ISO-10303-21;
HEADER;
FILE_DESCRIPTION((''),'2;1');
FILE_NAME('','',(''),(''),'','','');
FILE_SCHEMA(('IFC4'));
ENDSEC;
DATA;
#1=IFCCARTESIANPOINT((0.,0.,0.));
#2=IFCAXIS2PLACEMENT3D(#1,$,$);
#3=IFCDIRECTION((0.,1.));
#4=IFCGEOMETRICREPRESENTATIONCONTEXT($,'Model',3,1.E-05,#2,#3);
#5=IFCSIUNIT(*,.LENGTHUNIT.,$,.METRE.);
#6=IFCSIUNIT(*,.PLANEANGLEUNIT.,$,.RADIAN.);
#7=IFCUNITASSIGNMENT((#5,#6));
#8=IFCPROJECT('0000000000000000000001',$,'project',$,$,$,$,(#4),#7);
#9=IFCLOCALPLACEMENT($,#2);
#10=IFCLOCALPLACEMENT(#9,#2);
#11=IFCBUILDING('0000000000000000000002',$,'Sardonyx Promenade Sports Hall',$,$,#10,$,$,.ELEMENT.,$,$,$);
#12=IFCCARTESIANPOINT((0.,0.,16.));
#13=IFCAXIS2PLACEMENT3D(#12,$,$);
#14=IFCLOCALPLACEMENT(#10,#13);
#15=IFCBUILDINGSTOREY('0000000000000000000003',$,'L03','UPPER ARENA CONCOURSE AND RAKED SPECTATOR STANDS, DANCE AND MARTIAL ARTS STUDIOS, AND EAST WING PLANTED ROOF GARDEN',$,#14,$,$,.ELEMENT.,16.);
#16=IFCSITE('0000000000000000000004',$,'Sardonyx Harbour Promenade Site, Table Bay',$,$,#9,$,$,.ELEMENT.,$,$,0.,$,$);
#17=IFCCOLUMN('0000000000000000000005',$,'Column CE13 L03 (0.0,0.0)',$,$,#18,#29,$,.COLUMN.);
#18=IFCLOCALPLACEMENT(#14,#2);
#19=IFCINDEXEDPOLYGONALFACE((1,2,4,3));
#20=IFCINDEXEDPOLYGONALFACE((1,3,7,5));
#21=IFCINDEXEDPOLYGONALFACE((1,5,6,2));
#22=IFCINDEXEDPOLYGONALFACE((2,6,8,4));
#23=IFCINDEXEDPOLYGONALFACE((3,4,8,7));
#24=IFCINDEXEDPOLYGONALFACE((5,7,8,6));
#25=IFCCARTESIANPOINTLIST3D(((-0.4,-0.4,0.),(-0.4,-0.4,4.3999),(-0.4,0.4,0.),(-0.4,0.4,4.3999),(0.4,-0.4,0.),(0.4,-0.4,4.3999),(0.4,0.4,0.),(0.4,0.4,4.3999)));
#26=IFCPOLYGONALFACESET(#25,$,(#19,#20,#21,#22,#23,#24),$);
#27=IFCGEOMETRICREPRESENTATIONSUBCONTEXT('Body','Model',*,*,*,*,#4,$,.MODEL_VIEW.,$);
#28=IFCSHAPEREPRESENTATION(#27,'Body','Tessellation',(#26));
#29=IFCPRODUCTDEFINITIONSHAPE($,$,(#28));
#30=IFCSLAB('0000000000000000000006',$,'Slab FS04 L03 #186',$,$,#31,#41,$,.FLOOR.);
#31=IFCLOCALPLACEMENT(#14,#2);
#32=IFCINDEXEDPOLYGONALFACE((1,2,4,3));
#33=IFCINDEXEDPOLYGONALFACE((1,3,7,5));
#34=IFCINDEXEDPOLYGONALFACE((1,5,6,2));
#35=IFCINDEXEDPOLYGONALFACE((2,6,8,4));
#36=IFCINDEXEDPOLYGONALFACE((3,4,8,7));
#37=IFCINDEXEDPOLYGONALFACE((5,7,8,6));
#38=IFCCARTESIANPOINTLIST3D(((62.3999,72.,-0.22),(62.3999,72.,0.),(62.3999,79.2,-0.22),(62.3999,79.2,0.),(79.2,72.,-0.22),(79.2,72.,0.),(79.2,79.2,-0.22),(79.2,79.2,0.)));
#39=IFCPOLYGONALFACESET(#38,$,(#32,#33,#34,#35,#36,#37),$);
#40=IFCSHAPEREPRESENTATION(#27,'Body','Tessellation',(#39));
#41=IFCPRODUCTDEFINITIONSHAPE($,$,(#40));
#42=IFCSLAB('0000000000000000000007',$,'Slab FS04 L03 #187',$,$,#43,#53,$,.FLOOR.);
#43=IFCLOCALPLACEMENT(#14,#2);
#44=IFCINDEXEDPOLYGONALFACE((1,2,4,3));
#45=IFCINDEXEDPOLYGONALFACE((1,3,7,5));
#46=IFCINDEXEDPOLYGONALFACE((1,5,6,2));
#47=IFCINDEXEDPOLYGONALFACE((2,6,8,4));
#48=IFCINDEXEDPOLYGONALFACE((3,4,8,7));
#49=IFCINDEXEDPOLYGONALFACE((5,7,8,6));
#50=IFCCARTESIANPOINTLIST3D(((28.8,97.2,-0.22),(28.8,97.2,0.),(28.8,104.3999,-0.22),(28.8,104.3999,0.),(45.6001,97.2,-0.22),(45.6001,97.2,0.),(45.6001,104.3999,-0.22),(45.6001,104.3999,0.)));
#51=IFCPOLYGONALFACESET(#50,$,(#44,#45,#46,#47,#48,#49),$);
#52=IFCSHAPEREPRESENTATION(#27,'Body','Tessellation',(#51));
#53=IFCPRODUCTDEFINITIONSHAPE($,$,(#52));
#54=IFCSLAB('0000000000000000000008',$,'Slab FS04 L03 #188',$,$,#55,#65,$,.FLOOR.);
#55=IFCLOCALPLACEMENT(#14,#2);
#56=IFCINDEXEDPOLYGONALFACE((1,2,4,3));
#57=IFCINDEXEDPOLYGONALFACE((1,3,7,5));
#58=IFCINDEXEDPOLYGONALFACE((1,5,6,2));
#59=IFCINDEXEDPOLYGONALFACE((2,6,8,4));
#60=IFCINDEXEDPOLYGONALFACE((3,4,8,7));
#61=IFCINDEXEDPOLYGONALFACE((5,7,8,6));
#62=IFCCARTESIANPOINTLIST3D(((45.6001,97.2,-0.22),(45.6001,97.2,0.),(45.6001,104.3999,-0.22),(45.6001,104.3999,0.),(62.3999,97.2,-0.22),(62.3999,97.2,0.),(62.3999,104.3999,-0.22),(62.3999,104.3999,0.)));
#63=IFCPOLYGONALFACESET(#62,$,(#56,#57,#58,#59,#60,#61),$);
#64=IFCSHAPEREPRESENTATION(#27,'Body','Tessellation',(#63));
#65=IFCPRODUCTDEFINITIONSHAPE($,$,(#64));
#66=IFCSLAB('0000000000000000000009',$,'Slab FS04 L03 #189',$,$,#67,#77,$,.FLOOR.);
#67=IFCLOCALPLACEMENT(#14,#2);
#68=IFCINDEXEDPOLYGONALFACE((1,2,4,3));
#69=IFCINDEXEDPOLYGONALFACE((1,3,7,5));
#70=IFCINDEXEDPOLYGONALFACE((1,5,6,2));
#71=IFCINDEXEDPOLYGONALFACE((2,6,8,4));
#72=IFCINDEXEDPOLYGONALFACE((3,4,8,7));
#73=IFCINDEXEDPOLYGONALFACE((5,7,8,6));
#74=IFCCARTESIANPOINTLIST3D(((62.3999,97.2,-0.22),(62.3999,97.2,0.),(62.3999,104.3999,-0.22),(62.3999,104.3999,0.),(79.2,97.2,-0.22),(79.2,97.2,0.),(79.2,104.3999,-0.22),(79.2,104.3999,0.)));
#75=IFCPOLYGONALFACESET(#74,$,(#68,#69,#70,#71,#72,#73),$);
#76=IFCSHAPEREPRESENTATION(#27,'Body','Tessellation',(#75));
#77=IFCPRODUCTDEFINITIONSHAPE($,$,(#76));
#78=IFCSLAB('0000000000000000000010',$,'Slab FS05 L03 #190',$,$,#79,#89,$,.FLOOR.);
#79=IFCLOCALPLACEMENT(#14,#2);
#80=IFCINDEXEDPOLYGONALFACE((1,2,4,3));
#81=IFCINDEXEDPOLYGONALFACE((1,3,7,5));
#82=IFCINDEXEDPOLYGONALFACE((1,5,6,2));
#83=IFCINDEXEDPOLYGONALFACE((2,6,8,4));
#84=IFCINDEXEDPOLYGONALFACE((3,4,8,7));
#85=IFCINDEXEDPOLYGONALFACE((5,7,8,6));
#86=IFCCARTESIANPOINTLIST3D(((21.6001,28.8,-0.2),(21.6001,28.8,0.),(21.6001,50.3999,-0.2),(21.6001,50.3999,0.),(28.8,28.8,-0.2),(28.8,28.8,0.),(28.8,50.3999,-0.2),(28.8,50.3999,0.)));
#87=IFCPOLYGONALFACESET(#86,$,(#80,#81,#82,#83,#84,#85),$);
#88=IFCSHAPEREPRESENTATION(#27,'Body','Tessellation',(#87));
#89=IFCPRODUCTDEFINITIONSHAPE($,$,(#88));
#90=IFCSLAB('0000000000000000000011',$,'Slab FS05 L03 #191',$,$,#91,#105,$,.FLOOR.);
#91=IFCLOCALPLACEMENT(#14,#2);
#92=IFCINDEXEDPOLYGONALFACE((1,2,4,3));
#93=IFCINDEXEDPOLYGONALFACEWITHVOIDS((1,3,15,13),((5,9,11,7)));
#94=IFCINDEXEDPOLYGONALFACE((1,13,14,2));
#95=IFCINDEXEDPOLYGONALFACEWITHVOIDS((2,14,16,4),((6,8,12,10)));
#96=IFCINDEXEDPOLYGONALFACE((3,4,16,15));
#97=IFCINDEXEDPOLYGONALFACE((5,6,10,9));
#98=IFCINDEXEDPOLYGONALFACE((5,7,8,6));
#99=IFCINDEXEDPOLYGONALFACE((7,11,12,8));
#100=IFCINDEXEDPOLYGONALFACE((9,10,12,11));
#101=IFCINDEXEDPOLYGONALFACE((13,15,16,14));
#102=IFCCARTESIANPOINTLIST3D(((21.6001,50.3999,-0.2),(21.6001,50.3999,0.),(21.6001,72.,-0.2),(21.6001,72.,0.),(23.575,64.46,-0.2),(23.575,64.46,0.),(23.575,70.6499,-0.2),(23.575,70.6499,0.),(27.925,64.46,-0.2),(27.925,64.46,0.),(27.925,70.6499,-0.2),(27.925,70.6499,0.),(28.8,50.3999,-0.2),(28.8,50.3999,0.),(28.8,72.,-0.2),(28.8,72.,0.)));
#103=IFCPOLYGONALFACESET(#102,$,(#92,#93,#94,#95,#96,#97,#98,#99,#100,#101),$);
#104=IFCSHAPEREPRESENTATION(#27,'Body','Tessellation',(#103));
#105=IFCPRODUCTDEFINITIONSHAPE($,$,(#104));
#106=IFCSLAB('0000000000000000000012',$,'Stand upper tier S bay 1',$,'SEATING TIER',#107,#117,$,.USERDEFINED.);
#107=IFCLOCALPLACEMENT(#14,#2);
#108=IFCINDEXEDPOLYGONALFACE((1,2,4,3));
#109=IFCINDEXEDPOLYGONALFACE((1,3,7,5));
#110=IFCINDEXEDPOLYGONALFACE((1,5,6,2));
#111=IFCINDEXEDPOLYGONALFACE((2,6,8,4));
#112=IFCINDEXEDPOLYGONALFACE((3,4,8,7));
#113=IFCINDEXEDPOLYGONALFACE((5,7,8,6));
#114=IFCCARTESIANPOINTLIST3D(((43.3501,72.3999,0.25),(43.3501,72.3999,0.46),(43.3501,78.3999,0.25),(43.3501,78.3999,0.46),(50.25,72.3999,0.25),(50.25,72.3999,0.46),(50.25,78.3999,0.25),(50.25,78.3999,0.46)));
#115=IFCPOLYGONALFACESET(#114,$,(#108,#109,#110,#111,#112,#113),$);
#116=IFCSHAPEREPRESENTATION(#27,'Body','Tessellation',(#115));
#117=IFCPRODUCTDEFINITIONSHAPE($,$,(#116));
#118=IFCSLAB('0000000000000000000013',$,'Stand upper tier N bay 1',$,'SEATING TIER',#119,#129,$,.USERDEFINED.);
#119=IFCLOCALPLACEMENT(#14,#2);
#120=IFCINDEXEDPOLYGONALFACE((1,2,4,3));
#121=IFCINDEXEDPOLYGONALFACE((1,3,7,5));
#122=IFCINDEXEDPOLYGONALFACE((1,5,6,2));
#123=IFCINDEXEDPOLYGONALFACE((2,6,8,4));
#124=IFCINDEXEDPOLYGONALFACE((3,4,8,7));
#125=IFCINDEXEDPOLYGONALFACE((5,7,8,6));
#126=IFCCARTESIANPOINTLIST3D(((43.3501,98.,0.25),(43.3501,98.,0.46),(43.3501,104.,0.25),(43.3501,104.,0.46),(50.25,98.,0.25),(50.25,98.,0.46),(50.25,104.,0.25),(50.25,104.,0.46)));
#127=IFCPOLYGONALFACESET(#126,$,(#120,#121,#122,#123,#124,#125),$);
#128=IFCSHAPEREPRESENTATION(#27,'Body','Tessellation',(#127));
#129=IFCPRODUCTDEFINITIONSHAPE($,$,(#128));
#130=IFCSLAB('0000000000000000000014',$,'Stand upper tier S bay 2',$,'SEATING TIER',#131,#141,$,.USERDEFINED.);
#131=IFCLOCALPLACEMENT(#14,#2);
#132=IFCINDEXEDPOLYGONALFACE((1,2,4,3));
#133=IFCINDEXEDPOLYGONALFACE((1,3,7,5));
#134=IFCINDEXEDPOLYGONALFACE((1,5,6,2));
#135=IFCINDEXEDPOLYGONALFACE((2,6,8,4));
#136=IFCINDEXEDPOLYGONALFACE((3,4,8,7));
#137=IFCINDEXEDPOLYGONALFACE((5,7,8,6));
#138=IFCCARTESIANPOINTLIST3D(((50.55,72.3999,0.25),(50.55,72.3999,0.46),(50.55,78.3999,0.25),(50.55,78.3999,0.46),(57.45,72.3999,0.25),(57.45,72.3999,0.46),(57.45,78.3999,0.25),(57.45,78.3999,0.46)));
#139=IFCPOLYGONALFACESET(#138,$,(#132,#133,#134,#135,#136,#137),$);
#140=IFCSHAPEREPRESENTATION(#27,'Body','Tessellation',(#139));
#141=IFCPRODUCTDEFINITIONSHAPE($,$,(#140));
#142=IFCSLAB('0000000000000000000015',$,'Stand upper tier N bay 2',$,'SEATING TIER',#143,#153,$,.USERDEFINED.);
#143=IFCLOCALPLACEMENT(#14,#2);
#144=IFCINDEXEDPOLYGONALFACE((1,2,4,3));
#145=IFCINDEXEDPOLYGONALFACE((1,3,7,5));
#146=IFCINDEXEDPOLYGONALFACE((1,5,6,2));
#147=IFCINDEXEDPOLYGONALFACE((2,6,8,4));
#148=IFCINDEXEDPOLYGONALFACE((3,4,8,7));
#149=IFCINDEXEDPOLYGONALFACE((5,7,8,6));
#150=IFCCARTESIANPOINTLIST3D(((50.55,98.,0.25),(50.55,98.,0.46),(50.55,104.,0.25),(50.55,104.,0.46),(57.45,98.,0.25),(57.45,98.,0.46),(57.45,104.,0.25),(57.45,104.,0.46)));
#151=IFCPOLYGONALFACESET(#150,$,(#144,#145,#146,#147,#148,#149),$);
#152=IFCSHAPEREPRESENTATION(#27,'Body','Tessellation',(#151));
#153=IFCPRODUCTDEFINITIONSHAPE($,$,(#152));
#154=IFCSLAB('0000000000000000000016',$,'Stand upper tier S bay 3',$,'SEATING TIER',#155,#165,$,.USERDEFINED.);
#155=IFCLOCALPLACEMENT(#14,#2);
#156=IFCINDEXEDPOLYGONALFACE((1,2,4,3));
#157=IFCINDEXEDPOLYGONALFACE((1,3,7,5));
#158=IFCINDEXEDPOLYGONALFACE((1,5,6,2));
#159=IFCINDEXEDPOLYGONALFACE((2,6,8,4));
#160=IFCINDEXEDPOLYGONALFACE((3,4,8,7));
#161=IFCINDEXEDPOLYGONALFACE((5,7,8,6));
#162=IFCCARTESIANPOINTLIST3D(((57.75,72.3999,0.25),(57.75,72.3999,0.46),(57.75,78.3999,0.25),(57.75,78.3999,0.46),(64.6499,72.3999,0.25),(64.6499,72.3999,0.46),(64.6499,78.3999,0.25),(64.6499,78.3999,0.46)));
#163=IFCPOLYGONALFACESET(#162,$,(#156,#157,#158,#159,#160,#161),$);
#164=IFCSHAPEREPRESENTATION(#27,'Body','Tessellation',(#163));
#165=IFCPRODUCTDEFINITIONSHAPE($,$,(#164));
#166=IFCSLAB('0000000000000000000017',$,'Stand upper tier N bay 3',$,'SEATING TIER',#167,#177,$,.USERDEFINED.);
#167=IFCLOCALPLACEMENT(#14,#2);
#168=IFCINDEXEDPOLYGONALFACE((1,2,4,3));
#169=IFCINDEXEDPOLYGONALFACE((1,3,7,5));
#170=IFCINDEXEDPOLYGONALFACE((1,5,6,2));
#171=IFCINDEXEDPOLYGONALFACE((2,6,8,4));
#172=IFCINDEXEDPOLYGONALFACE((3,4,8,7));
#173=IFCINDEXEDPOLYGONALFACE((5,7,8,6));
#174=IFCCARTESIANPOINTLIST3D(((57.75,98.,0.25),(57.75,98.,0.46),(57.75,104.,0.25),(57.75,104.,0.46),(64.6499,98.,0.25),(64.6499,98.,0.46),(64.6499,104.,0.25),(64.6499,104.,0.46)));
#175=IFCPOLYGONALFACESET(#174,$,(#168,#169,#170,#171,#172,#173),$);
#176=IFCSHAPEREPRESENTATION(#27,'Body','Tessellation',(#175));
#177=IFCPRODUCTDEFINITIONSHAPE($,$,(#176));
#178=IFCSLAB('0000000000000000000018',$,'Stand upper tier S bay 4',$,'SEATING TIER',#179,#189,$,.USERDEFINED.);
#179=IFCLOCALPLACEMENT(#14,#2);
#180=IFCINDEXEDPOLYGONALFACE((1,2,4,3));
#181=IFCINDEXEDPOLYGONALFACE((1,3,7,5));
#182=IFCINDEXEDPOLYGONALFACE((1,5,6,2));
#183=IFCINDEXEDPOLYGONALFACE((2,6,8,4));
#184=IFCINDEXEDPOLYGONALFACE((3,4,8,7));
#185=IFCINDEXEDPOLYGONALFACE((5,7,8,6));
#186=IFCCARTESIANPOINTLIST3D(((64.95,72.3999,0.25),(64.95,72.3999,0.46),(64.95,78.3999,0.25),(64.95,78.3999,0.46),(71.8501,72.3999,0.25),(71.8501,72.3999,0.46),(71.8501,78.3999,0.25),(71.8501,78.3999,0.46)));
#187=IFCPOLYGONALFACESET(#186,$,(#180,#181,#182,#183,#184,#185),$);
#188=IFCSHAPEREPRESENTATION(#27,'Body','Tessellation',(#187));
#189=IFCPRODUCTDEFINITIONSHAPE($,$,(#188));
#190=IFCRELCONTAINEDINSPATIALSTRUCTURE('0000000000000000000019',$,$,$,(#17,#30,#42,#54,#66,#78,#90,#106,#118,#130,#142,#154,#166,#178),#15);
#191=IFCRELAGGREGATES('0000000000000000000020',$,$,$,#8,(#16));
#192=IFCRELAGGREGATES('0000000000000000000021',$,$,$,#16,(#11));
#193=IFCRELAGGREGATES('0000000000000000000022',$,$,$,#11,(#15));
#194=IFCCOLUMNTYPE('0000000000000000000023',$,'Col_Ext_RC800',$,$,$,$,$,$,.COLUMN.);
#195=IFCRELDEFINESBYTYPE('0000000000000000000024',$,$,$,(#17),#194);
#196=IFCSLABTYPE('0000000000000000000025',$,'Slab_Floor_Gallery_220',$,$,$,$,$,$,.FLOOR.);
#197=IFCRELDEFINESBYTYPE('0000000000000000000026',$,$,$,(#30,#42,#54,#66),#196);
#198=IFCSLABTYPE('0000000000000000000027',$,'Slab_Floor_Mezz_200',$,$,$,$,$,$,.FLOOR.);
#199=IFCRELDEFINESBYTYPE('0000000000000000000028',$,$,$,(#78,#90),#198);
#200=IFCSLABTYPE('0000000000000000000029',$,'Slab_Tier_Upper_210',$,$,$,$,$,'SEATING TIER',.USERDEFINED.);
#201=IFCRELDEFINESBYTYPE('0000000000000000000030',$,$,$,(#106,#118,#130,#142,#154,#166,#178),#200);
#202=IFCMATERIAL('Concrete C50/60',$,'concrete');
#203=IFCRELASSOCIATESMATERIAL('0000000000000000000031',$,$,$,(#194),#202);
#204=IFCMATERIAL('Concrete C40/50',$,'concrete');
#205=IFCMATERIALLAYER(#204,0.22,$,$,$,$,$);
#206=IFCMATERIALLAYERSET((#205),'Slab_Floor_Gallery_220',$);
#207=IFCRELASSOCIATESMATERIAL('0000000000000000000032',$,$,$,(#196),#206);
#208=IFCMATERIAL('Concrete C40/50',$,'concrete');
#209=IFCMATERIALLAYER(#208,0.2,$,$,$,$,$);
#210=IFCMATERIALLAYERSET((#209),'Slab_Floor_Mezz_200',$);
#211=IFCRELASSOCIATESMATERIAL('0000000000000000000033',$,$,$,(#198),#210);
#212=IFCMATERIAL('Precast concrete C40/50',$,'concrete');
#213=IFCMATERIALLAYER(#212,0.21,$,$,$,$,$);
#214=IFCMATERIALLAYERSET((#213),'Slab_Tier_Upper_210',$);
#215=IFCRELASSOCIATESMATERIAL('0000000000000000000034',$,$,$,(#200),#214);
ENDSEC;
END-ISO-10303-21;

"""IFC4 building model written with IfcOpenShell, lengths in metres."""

from ifc_helpers import new_model, si_unit, direction, frame, origin, origin_with_axes, origin_2d, place, context, subcontext, project, spatial, polyline, rectangle, outline, extrude, material, layer, layer_set, material_profile, profile_set, type_object, element, save


model = new_model("IFC4")

# Units and contexts
model_context = context("Model", 3, precision=1e-05, world=origin(), true_north=direction((0.0, 1.0)))
body_context = subcontext(model_context, "Body", "Model", "MODEL_VIEW")
ifc_project = project(units=[si_unit("LENGTHUNIT", "METRE"), si_unit("PLANEANGLEUNIT", "RADIAN")], contexts=[model_context])

# Site, building, storey
site_placement = place(None, origin())
site = spatial("IfcSite", under=ifc_project, at=site_placement, Name="Sardonyx Harbour Promenade Site, Table Bay", CompositionType="ELEMENT", RefElevation=0.0)
building_placement = place(site_placement, origin())
building = spatial("IfcBuilding", under=site, at=building_placement, Name="Sardonyx Promenade Sports Hall", CompositionType="ELEMENT")
storey_placement = place(building_placement, frame((0.0, 0.0, 16.0)))
storey = spatial("IfcBuildingStorey", under=building, at=storey_placement, Name="L03", Description="UPPER ARENA CONCOURSE AND RAKED SPECTATOR STANDS, DANCE AND MARTIAL ARTS STUDIOS, AND EAST WING PLANTED ROOF GARDEN", CompositionType="ELEMENT", Elevation=16.0)

# Column
ifc_material_1 = material(Name="Concrete C50/60", Category="concrete")
ifc_material_profile = material_profile(ifc_material_1, rectangle(XDim=0.8, YDim=0.8, at=origin_2d()))
ifc_profile_set = profile_set([ifc_material_profile], Name="Concrete C50/60")
column_type = type_object("IfcColumnType", Name="Col_Ext_RC800", PredefinedType="COLUMN", material=ifc_profile_set)
column_placement = place(storey_placement, origin_with_axes())
element("IfcColumn", 1, at=column_placement, inside=storey, type_object=column_type, Name="Column CE13 L03 (0.0,0.0)", PredefinedType="COLUMN", context=body_context, shape_type="SweptSolid", body=[
    extrude(rectangle(XDim=0.8, YDim=0.8, at=origin_2d()), origin(), (0.0, 0.0, 1.0), 4.3999),
])

# Slabs
ifc_material_2 = material(Name="Concrete C40/50", Category="concrete")
ifc_layer_1 = layer(ifc_material_2, 0.22)
ifc_layer_set_1 = layer_set([ifc_layer_1], Name="Slab_Floor_Gallery_220")
slab_type_1 = type_object("IfcSlabType", Name="Slab_Floor_Gallery_220", PredefinedType="FLOOR", material=ifc_layer_set_1)
slab_1_placement = place(storey_placement, frame((0.0, 0.0, -0.22)))
element("IfcSlab", 2, at=slab_1_placement, inside=storey, type_object=slab_type_1, Name="Slab FS04 L03 #186", PredefinedType="FLOOR", context=body_context, shape_type="SweptSolid", body=[
    extrude(outline(polyline([(62.3999, 72.0), (79.2, 72.0), (79.2, 79.2), (62.3999, 79.2), (62.3999, 72.0)])), origin(), (0.0, 0.0, 1.0), 0.22),
])
slab_2_placement = place(storey_placement, frame((0.0, 0.0, -0.22)))
element("IfcSlab", 3, at=slab_2_placement, inside=storey, type_object=slab_type_1, Name="Slab FS04 L03 #187", PredefinedType="FLOOR", context=body_context, shape_type="SweptSolid", body=[
    extrude(outline(polyline([(28.8, 97.2), (45.6001, 97.2), (45.6001, 104.3999), (28.8, 104.3999), (28.8, 97.2)])), origin(), (0.0, 0.0, 1.0), 0.22),
])
slab_3_placement = place(storey_placement, frame((0.0, 0.0, -0.22)))
element("IfcSlab", 4, at=slab_3_placement, inside=storey, type_object=slab_type_1, Name="Slab FS04 L03 #188", PredefinedType="FLOOR", context=body_context, shape_type="SweptSolid", body=[
    extrude(outline(polyline([(45.6001, 97.2), (62.3999, 97.2), (62.3999, 104.3999), (45.6001, 104.3999), (45.6001, 97.2)])), origin(), (0.0, 0.0, 1.0), 0.22),
])
slab_4_placement = place(storey_placement, frame((0.0, 0.0, -0.22)))
element("IfcSlab", 5, at=slab_4_placement, inside=storey, type_object=slab_type_1, Name="Slab FS04 L03 #189", PredefinedType="FLOOR", context=body_context, shape_type="SweptSolid", body=[
    extrude(outline(polyline([(62.3999, 97.2), (79.2, 97.2), (79.2, 104.3999), (62.3999, 104.3999), (62.3999, 97.2)])), origin(), (0.0, 0.0, 1.0), 0.22),
])
ifc_material_3 = material(Name="Concrete C40/50", Category="concrete")
ifc_layer_2 = layer(ifc_material_3, 0.2)
ifc_layer_set_2 = layer_set([ifc_layer_2], Name="Slab_Floor_Mezz_200")
slab_type_2 = type_object("IfcSlabType", Name="Slab_Floor_Mezz_200", PredefinedType="FLOOR", material=ifc_layer_set_2)
slab_5_placement = place(storey_placement, frame((0.0, 0.0, -0.2)))
element("IfcSlab", 6, at=slab_5_placement, inside=storey, type_object=slab_type_2, Name="Slab FS05 L03 #190", PredefinedType="FLOOR", context=body_context, shape_type="SweptSolid", body=[
    extrude(outline(polyline([(21.6001, 28.8), (28.8, 28.8), (28.8, 50.3999), (21.6001, 50.3999), (21.6001, 28.8)])), origin(), (0.0, 0.0, 1.0), 0.2),
])
slab_6_placement = place(storey_placement, frame((0.0, 0.0, -0.2)))
element("IfcSlab", 7, at=slab_6_placement, inside=storey, type_object=slab_type_2, Name="Slab FS05 L03 #191", PredefinedType="FLOOR", context=body_context, shape_type="SweptSolid", body=[
    extrude(outline(polyline([(21.6001, 72.0), (21.6001, 50.3999), (28.8, 50.3999), (28.8, 72.0), (21.6001, 72.0)]), holes=[polyline([(27.925, 70.6499), (27.925, 64.46), (23.575, 64.46), (23.575, 70.6499), (27.925, 70.6499)])]), origin(), (0.0, 0.0, 1.0), 0.2),
])
ifc_material_4 = material(Name="Precast concrete C40/50", Category="concrete")
ifc_layer_3 = layer(ifc_material_4, 0.21)
ifc_layer_set_3 = layer_set([ifc_layer_3], Name="Slab_Tier_Upper_210")
slab_type_3 = type_object("IfcSlabType", Name="Slab_Tier_Upper_210", ElementType="SEATING TIER", PredefinedType="USERDEFINED", material=ifc_layer_set_3)
slab_7_placement = place(storey_placement, frame((0.0, 0.0, 0.25)))
element("IfcSlab", 8, at=slab_7_placement, inside=storey, type_object=slab_type_3, Name="Stand upper tier S bay 1", ObjectType="SEATING TIER", PredefinedType="USERDEFINED", context=body_context, shape_type="SweptSolid", body=[
    extrude(outline(polyline([(43.3501, 72.3999), (50.25, 72.3999), (50.25, 78.3999), (43.3501, 78.3999), (43.3501, 72.3999)])), origin(), (0.0, 0.0, 1.0), 0.21),
])
slab_8_placement = place(storey_placement, frame((0.0, 0.0, 0.25)))
element("IfcSlab", 9, at=slab_8_placement, inside=storey, type_object=slab_type_3, Name="Stand upper tier N bay 1", ObjectType="SEATING TIER", PredefinedType="USERDEFINED", context=body_context, shape_type="SweptSolid", body=[
    extrude(outline(polyline([(43.3501, 98.0), (50.25, 98.0), (50.25, 104.0), (43.3501, 104.0), (43.3501, 98.0)])), origin(), (0.0, 0.0, 1.0), 0.21),
])
slab_9_placement = place(storey_placement, frame((0.0, 0.0, 0.25)))
element("IfcSlab", 10, at=slab_9_placement, inside=storey, type_object=slab_type_3, Name="Stand upper tier S bay 2", ObjectType="SEATING TIER", PredefinedType="USERDEFINED", context=body_context, shape_type="SweptSolid", body=[
    extrude(outline(polyline([(50.55, 72.3999), (57.45, 72.3999), (57.45, 78.3999), (50.55, 78.3999), (50.55, 72.3999)])), origin(), (0.0, 0.0, 1.0), 0.21),
])
slab_10_placement = place(storey_placement, frame((0.0, 0.0, 0.25)))
element("IfcSlab", 11, at=slab_10_placement, inside=storey, type_object=slab_type_3, Name="Stand upper tier N bay 2", ObjectType="SEATING TIER", PredefinedType="USERDEFINED", context=body_context, shape_type="SweptSolid", body=[
    extrude(outline(polyline([(50.55, 98.0), (57.45, 98.0), (57.45, 104.0), (50.55, 104.0), (50.55, 98.0)])), origin(), (0.0, 0.0, 1.0), 0.21),
])
slab_11_placement = place(storey_placement, frame((0.0, 0.0, 0.25)))
element("IfcSlab", 12, at=slab_11_placement, inside=storey, type_object=slab_type_3, Name="Stand upper tier S bay 3", ObjectType="SEATING TIER", PredefinedType="USERDEFINED", context=body_context, shape_type="SweptSolid", body=[
    extrude(outline(polyline([(57.75, 72.3999), (64.6499, 72.3999), (64.6499, 78.3999), (57.75, 78.3999), (57.75, 72.3999)])), origin(), (0.0, 0.0, 1.0), 0.21),
])
slab_12_placement = place(storey_placement, frame((0.0, 0.0, 0.25)))
element("IfcSlab", 13, at=slab_12_placement, inside=storey, type_object=slab_type_3, Name="Stand upper tier N bay 3", ObjectType="SEATING TIER", PredefinedType="USERDEFINED", context=body_context, shape_type="SweptSolid", body=[
    extrude(outline(polyline([(57.75, 98.0), (64.6499, 98.0), (64.6499, 104.0), (57.75, 104.0), (57.75, 98.0)])), origin(), (0.0, 0.0, 1.0), 0.21),
])
slab_13_placement = place(storey_placement, frame((0.0, 0.0, 0.25)))
element("IfcSlab", 14, at=slab_13_placement, inside=storey, type_object=slab_type_3, Name="Stand upper tier S bay 4", ObjectType="SEATING TIER", PredefinedType="USERDEFINED", context=body_context, shape_type="SweptSolid", body=[
    extrude(outline(polyline([(64.95, 72.3999), (71.8501, 72.3999), (71.8501, 78.3999), (64.95, 78.3999), (64.95, 72.3999)])), origin(), (0.0, 0.0, 1.0), 0.21),
])

save(model, "model.ifc")
